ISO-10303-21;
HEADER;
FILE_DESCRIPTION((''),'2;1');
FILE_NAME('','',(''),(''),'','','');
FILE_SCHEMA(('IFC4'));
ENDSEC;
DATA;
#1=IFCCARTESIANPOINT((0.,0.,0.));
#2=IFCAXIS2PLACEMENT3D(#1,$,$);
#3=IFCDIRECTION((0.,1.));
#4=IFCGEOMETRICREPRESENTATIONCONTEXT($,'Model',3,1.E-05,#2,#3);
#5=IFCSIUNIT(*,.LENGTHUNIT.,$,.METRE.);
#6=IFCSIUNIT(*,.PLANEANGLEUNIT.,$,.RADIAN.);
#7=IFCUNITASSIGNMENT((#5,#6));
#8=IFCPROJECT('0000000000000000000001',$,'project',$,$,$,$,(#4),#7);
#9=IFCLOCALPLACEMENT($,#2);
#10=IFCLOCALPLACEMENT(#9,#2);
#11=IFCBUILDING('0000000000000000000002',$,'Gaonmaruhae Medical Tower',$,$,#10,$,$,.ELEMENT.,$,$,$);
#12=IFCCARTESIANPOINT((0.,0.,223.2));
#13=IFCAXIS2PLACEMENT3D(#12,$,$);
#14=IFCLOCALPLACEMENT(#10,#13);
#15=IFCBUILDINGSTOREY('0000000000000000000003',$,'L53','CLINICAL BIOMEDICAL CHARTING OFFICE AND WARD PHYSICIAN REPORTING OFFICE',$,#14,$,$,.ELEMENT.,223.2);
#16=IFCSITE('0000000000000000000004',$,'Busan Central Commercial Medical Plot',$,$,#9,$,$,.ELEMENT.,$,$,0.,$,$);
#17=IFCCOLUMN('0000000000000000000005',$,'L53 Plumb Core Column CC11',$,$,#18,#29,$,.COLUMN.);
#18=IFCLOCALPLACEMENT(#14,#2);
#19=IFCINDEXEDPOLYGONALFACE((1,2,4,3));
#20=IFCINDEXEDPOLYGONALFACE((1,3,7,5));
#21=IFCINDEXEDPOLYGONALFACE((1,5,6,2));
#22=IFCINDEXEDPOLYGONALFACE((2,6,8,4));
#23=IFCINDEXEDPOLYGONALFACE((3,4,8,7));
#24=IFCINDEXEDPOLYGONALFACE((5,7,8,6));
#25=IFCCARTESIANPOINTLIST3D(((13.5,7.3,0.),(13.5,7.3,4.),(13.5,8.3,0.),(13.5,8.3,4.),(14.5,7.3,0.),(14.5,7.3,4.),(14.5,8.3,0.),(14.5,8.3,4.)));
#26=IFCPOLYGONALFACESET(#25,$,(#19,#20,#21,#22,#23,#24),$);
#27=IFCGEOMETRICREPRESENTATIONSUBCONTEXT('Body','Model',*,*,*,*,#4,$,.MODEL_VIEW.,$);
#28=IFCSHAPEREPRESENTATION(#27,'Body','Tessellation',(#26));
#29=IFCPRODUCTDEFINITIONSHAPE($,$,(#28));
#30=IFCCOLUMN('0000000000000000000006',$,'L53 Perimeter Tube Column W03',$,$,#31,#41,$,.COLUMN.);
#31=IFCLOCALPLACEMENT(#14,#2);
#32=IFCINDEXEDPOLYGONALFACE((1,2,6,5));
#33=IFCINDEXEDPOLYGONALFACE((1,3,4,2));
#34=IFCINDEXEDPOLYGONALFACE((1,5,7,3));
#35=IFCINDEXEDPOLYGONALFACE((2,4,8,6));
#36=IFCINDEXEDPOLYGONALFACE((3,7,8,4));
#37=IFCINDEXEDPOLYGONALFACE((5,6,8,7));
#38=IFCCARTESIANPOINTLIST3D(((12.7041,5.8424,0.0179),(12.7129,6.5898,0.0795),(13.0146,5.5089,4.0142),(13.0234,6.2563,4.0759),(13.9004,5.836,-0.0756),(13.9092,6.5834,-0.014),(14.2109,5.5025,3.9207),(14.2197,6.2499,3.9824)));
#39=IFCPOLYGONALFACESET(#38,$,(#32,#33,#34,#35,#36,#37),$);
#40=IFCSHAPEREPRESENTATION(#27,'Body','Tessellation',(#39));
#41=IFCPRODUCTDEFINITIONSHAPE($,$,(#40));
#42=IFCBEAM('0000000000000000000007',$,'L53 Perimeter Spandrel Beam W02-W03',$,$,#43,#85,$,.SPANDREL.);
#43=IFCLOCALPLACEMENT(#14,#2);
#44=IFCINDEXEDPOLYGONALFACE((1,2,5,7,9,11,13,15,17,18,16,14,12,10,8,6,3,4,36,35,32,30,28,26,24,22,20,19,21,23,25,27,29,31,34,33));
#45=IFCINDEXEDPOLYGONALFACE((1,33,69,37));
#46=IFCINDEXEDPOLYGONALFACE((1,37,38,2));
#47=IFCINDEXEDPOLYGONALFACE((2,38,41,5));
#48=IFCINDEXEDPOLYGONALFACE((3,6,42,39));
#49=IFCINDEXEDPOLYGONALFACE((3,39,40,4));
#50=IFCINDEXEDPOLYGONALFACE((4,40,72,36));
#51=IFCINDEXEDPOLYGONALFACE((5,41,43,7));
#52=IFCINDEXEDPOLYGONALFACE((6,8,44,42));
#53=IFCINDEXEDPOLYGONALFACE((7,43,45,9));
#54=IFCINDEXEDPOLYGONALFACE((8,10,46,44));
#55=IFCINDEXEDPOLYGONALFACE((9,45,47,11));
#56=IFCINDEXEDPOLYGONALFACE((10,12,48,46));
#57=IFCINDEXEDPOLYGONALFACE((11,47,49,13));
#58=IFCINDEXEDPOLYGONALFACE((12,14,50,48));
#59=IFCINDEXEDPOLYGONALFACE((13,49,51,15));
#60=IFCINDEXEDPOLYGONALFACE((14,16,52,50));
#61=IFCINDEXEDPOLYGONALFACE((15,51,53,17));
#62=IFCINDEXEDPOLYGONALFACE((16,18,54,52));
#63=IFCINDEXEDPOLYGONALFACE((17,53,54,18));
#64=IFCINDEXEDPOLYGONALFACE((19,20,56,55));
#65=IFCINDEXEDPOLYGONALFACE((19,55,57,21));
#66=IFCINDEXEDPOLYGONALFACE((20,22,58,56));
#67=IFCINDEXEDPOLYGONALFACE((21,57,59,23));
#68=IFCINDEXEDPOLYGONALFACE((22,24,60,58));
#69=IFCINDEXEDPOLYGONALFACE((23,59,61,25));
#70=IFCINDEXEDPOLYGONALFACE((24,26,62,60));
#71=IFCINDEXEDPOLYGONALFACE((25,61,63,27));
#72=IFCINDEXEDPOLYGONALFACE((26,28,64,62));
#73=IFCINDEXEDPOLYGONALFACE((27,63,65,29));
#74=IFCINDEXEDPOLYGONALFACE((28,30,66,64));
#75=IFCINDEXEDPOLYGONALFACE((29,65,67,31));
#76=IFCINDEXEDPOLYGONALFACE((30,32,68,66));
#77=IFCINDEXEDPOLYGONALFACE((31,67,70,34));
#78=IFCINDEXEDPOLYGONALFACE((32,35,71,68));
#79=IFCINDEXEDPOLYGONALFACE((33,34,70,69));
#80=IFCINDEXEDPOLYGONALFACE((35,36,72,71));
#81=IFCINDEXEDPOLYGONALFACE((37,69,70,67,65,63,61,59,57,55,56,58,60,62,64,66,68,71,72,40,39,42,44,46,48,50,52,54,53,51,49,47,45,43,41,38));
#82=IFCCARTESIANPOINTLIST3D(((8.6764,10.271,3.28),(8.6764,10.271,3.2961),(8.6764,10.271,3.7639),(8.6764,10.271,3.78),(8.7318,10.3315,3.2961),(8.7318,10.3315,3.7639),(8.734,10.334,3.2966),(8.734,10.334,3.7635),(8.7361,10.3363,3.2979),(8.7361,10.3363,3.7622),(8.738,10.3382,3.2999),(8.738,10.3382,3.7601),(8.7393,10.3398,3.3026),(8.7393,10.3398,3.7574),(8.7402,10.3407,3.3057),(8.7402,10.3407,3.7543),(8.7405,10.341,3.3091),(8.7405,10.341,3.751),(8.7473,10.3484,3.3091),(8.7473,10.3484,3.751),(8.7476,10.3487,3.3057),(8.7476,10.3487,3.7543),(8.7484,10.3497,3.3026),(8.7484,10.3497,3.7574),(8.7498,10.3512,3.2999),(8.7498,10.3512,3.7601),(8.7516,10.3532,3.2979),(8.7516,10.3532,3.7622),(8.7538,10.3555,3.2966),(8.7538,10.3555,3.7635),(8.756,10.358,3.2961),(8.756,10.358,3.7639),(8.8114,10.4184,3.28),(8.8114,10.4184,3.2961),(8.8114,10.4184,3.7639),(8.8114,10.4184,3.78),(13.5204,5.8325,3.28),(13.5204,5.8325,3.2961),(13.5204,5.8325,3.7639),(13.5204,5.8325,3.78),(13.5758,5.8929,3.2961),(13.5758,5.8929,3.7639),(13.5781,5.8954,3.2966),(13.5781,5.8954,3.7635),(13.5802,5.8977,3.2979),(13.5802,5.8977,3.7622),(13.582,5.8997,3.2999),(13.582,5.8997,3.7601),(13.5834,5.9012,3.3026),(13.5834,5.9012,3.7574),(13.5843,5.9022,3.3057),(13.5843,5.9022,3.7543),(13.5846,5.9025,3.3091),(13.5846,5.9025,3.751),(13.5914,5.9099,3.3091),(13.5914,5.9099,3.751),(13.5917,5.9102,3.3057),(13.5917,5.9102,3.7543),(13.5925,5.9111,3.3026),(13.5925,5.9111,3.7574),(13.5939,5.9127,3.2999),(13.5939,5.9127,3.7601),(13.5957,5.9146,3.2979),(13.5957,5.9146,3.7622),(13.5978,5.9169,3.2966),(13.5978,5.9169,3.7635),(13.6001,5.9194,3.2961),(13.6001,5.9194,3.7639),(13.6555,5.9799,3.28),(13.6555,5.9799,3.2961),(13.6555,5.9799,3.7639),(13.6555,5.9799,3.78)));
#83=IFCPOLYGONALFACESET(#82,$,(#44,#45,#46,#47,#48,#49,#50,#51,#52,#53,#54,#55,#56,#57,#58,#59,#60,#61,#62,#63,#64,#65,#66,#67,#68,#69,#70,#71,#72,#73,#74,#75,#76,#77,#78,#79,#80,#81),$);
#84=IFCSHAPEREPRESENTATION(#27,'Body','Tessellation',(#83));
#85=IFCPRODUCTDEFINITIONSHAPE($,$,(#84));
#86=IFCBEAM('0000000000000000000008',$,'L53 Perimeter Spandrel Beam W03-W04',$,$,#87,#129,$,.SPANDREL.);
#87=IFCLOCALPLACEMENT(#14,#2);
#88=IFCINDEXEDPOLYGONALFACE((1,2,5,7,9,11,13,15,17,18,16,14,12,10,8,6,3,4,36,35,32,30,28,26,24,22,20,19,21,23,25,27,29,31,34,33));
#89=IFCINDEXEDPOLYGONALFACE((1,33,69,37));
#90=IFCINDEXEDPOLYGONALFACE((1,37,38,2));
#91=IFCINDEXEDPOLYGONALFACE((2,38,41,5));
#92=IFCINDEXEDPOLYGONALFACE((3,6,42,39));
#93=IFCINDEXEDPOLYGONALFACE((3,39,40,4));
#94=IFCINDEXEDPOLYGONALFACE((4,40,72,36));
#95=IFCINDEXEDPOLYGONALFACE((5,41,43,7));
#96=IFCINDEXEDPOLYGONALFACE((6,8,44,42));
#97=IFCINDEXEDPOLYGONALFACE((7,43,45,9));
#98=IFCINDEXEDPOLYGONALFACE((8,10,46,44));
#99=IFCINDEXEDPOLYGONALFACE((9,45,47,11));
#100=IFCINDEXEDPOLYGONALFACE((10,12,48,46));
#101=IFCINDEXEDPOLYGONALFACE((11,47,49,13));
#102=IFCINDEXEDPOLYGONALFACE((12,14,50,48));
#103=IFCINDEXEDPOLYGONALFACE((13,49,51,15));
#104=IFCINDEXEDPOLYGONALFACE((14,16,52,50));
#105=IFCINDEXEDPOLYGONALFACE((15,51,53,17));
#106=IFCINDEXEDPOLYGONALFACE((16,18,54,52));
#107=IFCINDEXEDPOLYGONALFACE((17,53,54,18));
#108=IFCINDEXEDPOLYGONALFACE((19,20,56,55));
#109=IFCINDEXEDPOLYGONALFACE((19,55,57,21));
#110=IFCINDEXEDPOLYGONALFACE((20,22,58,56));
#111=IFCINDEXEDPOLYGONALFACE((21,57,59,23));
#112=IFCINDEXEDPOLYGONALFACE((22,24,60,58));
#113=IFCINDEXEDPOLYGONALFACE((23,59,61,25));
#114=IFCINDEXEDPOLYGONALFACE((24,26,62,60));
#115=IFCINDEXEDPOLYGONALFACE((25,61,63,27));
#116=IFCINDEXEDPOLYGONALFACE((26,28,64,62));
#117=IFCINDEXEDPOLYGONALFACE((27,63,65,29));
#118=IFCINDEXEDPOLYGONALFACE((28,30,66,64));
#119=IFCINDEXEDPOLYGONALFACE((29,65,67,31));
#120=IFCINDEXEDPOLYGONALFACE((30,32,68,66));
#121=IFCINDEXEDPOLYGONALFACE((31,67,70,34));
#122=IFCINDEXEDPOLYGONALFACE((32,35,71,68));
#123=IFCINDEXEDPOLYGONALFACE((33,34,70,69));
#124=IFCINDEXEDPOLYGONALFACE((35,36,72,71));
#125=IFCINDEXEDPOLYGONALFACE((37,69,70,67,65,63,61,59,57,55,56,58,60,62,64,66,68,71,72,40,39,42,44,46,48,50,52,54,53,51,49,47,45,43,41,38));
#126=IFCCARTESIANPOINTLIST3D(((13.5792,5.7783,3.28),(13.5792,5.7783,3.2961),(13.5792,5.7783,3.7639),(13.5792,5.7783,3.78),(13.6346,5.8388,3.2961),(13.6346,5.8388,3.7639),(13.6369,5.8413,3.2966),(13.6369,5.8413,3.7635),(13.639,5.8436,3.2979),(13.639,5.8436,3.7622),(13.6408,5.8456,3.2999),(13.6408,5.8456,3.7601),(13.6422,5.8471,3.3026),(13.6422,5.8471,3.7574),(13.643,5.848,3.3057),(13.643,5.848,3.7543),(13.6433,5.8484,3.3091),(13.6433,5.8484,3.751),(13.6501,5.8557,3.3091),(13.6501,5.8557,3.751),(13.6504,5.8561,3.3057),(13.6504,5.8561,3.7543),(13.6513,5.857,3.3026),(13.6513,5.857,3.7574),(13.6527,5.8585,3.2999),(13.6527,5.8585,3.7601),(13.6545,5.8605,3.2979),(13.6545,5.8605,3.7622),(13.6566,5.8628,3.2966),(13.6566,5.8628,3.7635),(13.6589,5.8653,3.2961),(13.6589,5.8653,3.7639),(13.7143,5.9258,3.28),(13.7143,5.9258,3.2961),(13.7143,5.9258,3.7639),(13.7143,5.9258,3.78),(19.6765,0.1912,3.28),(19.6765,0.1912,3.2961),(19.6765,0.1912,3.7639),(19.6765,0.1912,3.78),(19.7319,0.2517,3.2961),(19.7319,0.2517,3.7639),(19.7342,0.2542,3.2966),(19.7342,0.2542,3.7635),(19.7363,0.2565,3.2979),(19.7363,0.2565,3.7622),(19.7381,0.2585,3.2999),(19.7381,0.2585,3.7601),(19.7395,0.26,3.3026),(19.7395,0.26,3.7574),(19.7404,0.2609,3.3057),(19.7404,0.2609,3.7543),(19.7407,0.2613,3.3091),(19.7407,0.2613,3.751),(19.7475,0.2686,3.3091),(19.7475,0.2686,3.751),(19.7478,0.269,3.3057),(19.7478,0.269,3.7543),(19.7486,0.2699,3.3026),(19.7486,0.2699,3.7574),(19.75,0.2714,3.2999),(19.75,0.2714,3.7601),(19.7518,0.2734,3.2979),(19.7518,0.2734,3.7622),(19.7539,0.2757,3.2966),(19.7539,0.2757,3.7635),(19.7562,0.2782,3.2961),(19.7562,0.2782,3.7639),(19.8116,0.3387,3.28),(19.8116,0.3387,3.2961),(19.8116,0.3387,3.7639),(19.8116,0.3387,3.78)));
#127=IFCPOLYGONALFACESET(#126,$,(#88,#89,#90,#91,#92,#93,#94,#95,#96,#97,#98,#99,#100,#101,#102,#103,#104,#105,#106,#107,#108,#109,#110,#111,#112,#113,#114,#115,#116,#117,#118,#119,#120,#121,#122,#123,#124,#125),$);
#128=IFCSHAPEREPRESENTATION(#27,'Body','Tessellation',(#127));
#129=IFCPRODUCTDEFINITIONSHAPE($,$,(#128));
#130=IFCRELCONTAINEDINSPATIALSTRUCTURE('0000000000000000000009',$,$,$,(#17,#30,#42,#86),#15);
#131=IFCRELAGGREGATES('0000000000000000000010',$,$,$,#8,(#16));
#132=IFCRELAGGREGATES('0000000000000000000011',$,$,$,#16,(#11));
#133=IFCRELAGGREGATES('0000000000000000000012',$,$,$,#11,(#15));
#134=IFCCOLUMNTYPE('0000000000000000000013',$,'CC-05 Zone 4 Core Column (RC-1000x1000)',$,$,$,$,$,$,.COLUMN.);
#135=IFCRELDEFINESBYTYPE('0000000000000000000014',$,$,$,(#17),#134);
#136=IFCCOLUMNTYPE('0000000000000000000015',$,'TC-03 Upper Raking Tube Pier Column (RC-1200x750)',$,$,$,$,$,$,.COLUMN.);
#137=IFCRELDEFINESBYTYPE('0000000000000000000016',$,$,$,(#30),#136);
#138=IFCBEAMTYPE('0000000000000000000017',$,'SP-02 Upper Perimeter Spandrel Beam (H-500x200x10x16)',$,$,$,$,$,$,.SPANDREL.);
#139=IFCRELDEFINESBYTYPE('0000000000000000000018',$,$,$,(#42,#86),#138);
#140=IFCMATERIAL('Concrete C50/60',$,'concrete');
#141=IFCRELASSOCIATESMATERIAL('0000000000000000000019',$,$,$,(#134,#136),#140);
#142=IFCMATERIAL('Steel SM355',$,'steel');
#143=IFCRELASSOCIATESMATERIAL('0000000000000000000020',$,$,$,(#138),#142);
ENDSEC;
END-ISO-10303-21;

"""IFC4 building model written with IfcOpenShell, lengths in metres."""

from ifc_helpers import new_model, si_unit, direction, frame, origin, origin_2d, place, context, subcontext, project, spatial, rectangle, i_section, extrude, material, material_profile, profile_set, type_object, element, save


model = new_model("IFC4")

# Units and contexts
model_context = context("Model", 3, precision=1e-05, world=origin(), true_north=direction((0.0, 1.0)))
body_context = subcontext(model_context, "Body", "Model", "MODEL_VIEW")
ifc_project = project(units=[si_unit("LENGTHUNIT", "METRE"), si_unit("PLANEANGLEUNIT", "RADIAN")], contexts=[model_context])

# Site, building, storey
site_placement = place(None, origin())
site = spatial("IfcSite", under=ifc_project, at=site_placement, Name="Busan Central Commercial Medical Plot", CompositionType="ELEMENT", RefElevation=0.0)
building_placement = place(site_placement, origin())
building = spatial("IfcBuilding", under=site, at=building_placement, Name="Gaonmaruhae Medical Tower", CompositionType="ELEMENT")
storey_placement = place(building_placement, frame((0.0, 0.0, 223.2)))
storey = spatial("IfcBuildingStorey", under=building, at=storey_placement, Name="L53", Description="CLINICAL BIOMEDICAL CHARTING OFFICE AND WARD PHYSICIAN REPORTING OFFICE", CompositionType="ELEMENT", Elevation=223.2)

# Columns
ifc_material_1 = material(Name="Concrete C50/60", Category="concrete")
ifc_material_profile_1 = material_profile(ifc_material_1, rectangle(XDim=1.0, YDim=1.0, at=origin_2d()), Name="RC-1000x1000")
ifc_profile_set_1 = profile_set([ifc_material_profile_1], Name="Concrete C50/60")
column_type_1 = type_object("IfcColumnType", Name="CC-05 Zone 4 Core Column (RC-1000x1000)", PredefinedType="COLUMN", material=ifc_profile_set_1)
column_1_placement = place(storey_placement, frame((14.0, 7.8, 0.0), z_axis=(0.0, 0.0, 1.0), x_axis=(1.0, 0.0, 0.0)))
element("IfcColumn", 1, at=column_1_placement, inside=storey, type_object=column_type_1, Name="L53 Plumb Core Column CC11", PredefinedType="COLUMN", context=body_context, shape_type="SweptSolid", body=[
    extrude(rectangle(XDim=1.0, YDim=1.0, at=origin_2d()), origin(), (0.0, 0.0, 1.0), 4.0),
])
ifc_material_profile_2 = material_profile(ifc_material_1, rectangle(XDim=1.2, YDim=0.75, at=origin_2d()), Name="RC-1200x750")
ifc_profile_set_2 = profile_set([ifc_material_profile_2], Name="Concrete C50/60")
column_type_2 = type_object("IfcColumnType", Name="TC-03 Upper Raking Tube Pier Column (RC-1200x750)", PredefinedType="COLUMN", material=ifc_profile_set_2)
column_2_placement = place(storey_placement, frame((13.3066, 6.2129, 0.002), z_axis=(0.077208, -0.082913, 0.993561), x_axis=(-0.996946, 0.005325, 0.077915)))
element("IfcColumn", 2, at=column_2_placement, inside=storey, type_object=column_type_2, Name="L53 Perimeter Tube Column W03", PredefinedType="COLUMN", context=body_context, shape_type="SweptSolid", body=[
    extrude(rectangle(XDim=1.2, YDim=0.75, at=origin_2d()), origin(), (0.0, 0.0, 1.0), 4.0222),
])

# Beams
ifc_material_2 = material(Name="Steel SM355", Category="steel")
ifc_material_profile_3 = material_profile(ifc_material_2, i_section(OverallWidth=0.2, OverallDepth=0.5, WebThickness=0.01, FlangeThickness=0.0161, FilletRadius=0.0129, at=origin_2d()), Name="H-500x200x10x16")
ifc_profile_set_3 = profile_set([ifc_material_profile_3], Name="Steel SM355")
beam_type = type_object("IfcBeamType", Name="SP-02 Upper Perimeter Spandrel Beam (H-500x200x10x16)", PredefinedType="SPANDREL", material=ifc_profile_set_3)
beam_1_placement = place(storey_placement, frame((8.7439, 10.3447, 3.53), z_axis=(0.737294, -0.675571, 0.0), x_axis=(0.675571, 0.737294, 0.0)))
element("IfcBeam", 3, at=beam_1_placement, inside=storey, type_object=beam_type, Name="L53 Perimeter Spandrel Beam W02-W03", PredefinedType="SPANDREL", context=body_context, shape_type="SweptSolid", body=[
    extrude(i_section(OverallWidth=0.2, OverallDepth=0.5, WebThickness=0.01, FlangeThickness=0.0161, FilletRadius=0.0129, at=origin_2d()), origin(), (0.0, 0.0, 1.0), 6.5701),
])
beam_2_placement = place(storey_placement, frame((13.6467, 5.8521, 3.53), z_axis=(0.737283, -0.675584, 0.0), x_axis=(0.675584, 0.737283, 0.0)))
element("IfcBeam", 4, at=beam_2_placement, inside=storey, type_object=beam_type, Name="L53 Perimeter Spandrel Beam W03-W04", PredefinedType="SPANDREL", context=body_context, shape_type="SweptSolid", body=[
    extrude(i_section(OverallWidth=0.2, OverallDepth=0.5, WebThickness=0.01, FlangeThickness=0.0161, FilletRadius=0.0129, at=origin_2d()), origin(), (0.0, 0.0, 1.0), 8.27),
])

save(model, "model.ifc")
